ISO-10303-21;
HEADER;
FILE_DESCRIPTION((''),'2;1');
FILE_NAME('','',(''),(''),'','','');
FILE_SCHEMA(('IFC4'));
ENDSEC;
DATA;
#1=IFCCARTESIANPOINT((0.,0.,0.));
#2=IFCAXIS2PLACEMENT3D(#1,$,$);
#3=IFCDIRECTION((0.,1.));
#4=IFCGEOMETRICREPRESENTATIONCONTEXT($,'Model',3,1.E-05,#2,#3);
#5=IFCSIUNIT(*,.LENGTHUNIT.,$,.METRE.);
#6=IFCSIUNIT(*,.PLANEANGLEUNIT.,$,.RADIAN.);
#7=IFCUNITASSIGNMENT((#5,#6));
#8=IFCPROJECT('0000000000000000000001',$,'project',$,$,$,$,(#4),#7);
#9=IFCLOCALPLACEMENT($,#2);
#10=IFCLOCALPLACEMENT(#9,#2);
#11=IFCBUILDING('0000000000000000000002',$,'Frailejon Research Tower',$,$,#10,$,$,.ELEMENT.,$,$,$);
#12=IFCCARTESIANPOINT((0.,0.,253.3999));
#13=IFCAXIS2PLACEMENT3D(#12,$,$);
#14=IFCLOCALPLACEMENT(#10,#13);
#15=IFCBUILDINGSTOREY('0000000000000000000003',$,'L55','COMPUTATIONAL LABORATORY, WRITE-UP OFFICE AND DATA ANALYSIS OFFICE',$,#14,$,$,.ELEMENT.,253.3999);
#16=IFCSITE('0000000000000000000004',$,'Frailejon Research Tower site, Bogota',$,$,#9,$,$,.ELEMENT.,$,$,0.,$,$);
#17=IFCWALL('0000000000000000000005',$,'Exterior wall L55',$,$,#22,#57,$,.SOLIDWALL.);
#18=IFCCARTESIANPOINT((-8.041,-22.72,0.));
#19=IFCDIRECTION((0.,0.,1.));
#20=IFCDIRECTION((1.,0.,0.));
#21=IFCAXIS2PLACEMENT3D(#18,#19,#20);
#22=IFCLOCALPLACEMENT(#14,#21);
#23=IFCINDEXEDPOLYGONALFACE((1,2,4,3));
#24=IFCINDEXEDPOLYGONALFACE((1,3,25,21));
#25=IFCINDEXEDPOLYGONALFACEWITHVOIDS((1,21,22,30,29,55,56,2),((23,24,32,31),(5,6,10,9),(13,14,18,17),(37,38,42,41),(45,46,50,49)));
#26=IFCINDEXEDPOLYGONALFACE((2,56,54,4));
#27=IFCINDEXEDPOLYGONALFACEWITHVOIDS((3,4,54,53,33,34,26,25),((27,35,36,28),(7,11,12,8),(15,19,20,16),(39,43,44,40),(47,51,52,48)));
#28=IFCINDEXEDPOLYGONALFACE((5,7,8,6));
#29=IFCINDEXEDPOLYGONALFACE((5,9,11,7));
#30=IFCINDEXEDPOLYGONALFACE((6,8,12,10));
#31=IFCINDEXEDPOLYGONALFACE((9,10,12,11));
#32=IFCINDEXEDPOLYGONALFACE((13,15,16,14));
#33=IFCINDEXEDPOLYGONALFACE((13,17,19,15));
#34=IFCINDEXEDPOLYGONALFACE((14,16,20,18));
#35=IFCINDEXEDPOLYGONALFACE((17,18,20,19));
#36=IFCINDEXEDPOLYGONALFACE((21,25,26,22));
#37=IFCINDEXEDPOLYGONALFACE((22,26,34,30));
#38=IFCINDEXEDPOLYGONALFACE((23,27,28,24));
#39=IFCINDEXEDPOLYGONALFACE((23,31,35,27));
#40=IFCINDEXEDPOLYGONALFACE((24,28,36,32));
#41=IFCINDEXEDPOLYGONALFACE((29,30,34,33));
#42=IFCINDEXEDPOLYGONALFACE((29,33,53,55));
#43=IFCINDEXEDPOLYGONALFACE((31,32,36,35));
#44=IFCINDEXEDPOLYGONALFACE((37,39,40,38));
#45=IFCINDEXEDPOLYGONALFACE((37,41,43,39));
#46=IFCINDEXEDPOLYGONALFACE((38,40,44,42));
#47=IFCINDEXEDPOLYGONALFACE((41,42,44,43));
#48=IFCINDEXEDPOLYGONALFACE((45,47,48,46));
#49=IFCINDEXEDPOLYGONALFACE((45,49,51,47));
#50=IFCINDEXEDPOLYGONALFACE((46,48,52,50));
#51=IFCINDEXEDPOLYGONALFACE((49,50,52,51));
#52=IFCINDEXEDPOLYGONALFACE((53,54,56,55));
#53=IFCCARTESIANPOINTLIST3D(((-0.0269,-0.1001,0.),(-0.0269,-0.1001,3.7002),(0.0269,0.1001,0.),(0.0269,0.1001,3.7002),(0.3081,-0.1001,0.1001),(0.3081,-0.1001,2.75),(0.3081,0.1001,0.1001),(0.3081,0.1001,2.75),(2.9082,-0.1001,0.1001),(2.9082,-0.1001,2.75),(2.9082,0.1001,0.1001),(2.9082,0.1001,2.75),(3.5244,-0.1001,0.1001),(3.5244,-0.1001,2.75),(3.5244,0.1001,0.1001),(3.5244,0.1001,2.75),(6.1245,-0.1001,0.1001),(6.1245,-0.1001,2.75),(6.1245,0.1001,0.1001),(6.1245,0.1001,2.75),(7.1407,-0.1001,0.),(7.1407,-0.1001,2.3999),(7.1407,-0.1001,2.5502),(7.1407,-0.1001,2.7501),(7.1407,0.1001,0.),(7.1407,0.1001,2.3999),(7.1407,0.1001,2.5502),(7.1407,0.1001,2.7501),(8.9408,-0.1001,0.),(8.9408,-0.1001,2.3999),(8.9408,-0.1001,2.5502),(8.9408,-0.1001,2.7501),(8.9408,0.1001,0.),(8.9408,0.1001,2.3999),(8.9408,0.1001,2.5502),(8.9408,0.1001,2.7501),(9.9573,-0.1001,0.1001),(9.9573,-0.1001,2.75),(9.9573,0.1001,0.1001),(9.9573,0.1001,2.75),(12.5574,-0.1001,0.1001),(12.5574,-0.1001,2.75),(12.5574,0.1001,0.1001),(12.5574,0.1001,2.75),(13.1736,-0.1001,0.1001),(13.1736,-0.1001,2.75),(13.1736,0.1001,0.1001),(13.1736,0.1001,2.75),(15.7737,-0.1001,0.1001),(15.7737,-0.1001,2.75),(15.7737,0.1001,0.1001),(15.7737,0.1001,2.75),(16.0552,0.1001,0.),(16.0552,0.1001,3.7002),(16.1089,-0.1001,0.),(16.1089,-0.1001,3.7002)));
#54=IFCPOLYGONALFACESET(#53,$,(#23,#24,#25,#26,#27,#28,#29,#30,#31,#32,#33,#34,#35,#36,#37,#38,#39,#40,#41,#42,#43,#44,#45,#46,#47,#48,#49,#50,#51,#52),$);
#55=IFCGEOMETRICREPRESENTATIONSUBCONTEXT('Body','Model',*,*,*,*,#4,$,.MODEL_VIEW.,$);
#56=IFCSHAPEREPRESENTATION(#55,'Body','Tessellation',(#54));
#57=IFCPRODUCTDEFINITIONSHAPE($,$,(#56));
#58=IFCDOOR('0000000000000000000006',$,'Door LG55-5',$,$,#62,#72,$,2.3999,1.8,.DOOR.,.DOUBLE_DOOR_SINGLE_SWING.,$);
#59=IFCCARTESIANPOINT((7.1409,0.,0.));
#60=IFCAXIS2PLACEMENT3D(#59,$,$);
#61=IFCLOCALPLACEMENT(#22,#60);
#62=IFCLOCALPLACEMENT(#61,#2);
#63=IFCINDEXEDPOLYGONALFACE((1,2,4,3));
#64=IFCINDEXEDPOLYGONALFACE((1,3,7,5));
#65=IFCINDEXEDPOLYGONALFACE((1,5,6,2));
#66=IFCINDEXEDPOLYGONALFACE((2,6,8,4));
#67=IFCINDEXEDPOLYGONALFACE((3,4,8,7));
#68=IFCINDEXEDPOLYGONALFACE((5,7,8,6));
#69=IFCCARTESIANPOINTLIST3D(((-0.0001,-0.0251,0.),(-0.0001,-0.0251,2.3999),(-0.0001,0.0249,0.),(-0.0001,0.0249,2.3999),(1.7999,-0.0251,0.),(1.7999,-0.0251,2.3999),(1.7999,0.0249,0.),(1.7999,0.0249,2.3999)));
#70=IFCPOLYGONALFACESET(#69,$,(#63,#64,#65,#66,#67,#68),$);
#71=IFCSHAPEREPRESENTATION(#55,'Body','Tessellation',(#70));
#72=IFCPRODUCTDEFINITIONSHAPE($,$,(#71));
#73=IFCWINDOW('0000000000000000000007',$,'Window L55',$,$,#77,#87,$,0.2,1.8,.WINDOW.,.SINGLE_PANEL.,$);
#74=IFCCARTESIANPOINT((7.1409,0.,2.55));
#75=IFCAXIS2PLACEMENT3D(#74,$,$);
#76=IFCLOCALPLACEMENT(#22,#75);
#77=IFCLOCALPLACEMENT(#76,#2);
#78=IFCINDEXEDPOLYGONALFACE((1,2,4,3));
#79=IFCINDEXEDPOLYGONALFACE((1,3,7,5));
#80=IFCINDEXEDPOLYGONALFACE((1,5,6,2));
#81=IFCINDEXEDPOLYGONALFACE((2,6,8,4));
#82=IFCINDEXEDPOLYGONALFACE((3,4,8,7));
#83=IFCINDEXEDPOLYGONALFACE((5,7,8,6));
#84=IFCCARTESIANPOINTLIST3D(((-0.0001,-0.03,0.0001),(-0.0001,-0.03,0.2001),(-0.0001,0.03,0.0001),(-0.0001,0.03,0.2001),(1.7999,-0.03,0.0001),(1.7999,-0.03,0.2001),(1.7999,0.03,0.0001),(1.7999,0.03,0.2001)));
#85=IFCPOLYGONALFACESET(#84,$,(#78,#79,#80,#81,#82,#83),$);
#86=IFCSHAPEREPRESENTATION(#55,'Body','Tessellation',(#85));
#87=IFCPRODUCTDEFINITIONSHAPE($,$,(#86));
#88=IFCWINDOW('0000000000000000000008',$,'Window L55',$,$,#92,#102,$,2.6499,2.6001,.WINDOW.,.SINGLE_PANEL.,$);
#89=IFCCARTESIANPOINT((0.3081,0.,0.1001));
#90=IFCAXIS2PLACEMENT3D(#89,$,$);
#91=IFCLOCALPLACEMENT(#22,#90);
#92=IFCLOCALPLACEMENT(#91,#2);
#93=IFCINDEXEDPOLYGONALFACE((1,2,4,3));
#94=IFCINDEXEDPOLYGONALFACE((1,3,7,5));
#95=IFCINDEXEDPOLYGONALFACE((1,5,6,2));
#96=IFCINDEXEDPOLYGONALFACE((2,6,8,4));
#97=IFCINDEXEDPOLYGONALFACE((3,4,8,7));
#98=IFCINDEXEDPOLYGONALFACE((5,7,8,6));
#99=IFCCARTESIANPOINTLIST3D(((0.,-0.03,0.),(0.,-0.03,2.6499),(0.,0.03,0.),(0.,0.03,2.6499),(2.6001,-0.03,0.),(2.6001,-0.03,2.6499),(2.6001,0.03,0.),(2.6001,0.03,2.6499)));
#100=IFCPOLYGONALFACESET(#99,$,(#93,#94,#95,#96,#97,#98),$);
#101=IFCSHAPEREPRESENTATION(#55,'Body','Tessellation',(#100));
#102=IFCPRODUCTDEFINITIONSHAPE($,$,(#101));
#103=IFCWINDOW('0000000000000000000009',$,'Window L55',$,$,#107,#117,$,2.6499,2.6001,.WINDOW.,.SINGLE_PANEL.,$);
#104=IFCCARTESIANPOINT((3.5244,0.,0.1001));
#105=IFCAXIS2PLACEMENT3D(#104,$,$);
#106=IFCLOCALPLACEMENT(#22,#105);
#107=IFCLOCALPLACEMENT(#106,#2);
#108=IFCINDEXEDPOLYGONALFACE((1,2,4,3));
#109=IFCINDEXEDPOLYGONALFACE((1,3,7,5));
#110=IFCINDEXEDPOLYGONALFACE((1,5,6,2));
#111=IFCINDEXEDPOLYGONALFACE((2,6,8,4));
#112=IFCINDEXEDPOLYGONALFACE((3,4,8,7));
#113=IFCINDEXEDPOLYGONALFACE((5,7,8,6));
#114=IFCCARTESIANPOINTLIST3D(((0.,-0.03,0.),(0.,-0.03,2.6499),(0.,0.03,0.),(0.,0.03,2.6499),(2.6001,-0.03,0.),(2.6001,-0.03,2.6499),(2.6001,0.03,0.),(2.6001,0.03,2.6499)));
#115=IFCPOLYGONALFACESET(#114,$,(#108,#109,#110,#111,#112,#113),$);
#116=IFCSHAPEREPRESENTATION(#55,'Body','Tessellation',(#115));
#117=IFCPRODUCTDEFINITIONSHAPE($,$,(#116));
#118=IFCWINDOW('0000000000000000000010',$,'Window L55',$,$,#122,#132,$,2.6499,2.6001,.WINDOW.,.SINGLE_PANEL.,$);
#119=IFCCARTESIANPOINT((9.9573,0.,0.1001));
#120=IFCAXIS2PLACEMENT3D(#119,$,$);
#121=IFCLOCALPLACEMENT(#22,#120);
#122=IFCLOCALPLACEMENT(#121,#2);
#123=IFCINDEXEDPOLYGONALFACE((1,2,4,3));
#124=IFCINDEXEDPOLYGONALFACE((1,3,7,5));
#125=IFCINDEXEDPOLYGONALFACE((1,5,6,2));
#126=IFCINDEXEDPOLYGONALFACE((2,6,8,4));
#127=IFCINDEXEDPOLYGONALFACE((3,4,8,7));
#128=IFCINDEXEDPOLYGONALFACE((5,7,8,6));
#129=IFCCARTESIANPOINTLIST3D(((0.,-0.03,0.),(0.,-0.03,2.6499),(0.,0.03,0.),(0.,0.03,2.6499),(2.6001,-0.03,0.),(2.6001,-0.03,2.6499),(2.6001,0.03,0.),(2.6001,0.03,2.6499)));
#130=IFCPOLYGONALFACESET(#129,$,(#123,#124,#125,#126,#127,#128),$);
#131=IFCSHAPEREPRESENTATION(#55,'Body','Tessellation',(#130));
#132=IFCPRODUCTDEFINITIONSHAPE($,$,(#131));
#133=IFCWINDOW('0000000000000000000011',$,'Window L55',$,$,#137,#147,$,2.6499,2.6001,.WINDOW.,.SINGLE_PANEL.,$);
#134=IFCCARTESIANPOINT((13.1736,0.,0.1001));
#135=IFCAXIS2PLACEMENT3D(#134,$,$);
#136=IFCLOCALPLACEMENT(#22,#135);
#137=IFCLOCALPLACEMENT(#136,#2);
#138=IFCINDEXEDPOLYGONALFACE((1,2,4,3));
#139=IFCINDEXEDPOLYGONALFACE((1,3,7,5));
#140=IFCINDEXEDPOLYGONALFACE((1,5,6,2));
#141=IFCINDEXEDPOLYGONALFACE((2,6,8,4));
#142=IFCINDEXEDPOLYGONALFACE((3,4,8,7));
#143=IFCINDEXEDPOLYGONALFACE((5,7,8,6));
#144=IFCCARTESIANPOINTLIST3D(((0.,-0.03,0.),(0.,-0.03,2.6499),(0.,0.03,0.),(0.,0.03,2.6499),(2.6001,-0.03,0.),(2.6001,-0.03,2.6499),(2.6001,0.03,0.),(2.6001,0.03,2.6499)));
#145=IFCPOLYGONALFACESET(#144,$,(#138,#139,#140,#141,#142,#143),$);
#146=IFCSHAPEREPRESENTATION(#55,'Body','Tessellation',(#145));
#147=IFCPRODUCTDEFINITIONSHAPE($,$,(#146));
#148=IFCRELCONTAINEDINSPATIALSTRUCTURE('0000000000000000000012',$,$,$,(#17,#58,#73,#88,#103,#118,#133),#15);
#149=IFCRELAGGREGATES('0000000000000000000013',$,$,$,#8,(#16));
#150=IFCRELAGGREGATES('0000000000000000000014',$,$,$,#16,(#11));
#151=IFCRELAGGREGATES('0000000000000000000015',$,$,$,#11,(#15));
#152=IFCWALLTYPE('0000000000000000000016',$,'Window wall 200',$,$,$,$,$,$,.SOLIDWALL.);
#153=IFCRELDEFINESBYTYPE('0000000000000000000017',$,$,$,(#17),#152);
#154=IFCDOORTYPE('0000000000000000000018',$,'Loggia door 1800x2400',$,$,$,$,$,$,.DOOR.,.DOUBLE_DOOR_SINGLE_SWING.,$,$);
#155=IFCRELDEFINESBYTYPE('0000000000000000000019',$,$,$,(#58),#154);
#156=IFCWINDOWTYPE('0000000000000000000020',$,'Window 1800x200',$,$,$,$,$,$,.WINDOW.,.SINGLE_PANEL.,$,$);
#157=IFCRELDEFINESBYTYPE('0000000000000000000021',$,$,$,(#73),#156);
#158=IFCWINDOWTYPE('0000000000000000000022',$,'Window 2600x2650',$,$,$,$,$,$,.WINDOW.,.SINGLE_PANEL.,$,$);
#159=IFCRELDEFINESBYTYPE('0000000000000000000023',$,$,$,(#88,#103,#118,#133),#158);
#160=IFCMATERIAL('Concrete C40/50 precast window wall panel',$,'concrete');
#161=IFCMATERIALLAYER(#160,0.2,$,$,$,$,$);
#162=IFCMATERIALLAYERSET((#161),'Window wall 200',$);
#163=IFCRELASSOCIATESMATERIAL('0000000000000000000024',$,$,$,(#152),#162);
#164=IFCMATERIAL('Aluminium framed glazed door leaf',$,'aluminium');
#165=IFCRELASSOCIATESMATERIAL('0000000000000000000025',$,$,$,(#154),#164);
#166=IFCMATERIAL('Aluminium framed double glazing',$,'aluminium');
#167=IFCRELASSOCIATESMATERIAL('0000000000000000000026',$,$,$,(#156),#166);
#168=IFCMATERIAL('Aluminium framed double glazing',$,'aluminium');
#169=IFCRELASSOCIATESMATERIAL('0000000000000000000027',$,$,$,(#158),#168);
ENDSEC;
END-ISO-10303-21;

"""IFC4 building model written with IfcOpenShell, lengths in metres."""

from ifc_helpers import new_model, si_unit, direction, frame, frame_2d, origin, place, context, subcontext, project, spatial, polyline, rectangle, outline, extrude, material, layer, layer_set, type_object, element, fill, save


model = new_model("IFC4")

# Units and contexts
model_context = context("Model", 3, precision=1e-05, world=origin(), true_north=direction((0.0, 1.0)))
body_context = subcontext(model_context, "Body", "Model", "MODEL_VIEW")
ifc_project = project(units=[si_unit("LENGTHUNIT", "METRE"), si_unit("PLANEANGLEUNIT", "RADIAN")], contexts=[model_context])

# Site, building, storey
site_placement = place(None, origin())
site = spatial("IfcSite", under=ifc_project, at=site_placement, Name="Frailejon Research Tower site, Bogota", CompositionType="ELEMENT", RefElevation=0.0)
building_placement = place(site_placement, origin())
building = spatial("IfcBuilding", under=site, at=building_placement, Name="Frailejon Research Tower", CompositionType="ELEMENT")
storey_placement = place(building_placement, frame((0.0, 0.0, 253.3999)))
storey = spatial("IfcBuildingStorey", under=building, at=storey_placement, Name="L55", Description="COMPUTATIONAL LABORATORY, WRITE-UP OFFICE AND DATA ANALYSIS OFFICE", CompositionType="ELEMENT", Elevation=253.3999)

# Wall, openings, door, windows
ifc_material_1 = material(Name="Concrete C40/50 precast window wall panel", Category="concrete")
ifc_layer_1 = layer(ifc_material_1, 0.2)
ifc_layer_set_1 = layer_set([ifc_layer_1], Name="Window wall 200")
wall_type_1 = type_object("IfcWallType", Name="Window wall 200", PredefinedType="SOLIDWALL", material=ifc_layer_set_1)
wall_1_placement = place(storey_placement, frame((-8.041, -22.72, 0.0), z_axis=(0.0, 0.0, 1.0), x_axis=(1.0, 0.0, 0.0)))
wall_1 = element("IfcWall", 1, at=wall_1_placement, inside=storey, type_object=wall_type_1, Name="Exterior wall L55", PredefinedType="SOLIDWALL", context=body_context, shape_type="SweptSolid", body=[
    extrude(outline(polyline([(-0.0269, -0.1001), (0.9817, -0.1001), (1.9902, -0.1001), (2.9985, -0.1001), (4.0071, -0.1001), (5.0156, -0.1001), (6.0239, -0.1001), (7.0325, -0.1001), (8.041, -0.1001), (9.0496, -0.1001), (10.0581, -0.1001), (11.0664, -0.1001), (12.075, -0.1001), (13.0835, -0.1001), (14.0918, -0.1001), (15.1003, -0.1001), (16.1089, -0.1001), (16.0552, 0.1001), (15.0535, 0.1001), (14.0518, 0.1001), (13.0498, 0.1001), (12.0481, 0.1001), (11.0464, 0.1001), (10.0444, 0.1001), (9.0427, 0.1001), (8.041, 0.1001), (7.0393, 0.1001), (6.0376, 0.1001), (5.0356, 0.1001), (4.0339, 0.1001), (3.0322, 0.1001), (2.0303, 0.1001), (1.0286, 0.1001), (0.0269, 0.1001), (-0.0269, -0.1001)])), origin(), (0.0, 0.0, 1.0), 3.7002),
])
opening_1_placement = place(wall_1_placement, frame((0.3081, 0.0, 0.1001)))
opening_1 = element("IfcOpeningElement", 2, at=opening_1_placement, cuts=wall_1, PredefinedType="OPENING", context=body_context, shape_type="SweptSolid", body=[
    extrude(rectangle(XDim=2.6001, YDim=2.6499, at=frame_2d((1.3, 1.325))), frame((0.0, 0.1099, 0.0), z_axis=(0.0, -1.0, 0.0), x_axis=(1.0, 0.0, 0.0)), (0.0, 0.0, 1.0), 0.22),
])
opening_2_placement = place(wall_1_placement, frame((3.5244, 0.0, 0.1001)))
opening_2 = element("IfcOpeningElement", 3, at=opening_2_placement, cuts=wall_1, PredefinedType="OPENING", context=body_context, shape_type="SweptSolid", body=[
    extrude(rectangle(XDim=2.6001, YDim=2.6499, at=frame_2d((1.3, 1.325))), frame((0.0, 0.1099, 0.0), z_axis=(0.0, -1.0, 0.0), x_axis=(1.0, 0.0, 0.0)), (0.0, 0.0, 1.0), 0.22),
])
opening_3_placement = place(wall_1_placement, frame((7.1409, 0.0, 0.0)))
opening_3 = element("IfcOpeningElement", 4, at=opening_3_placement, cuts=wall_1, PredefinedType="OPENING", context=body_context, shape_type="SweptSolid", body=[
    extrude(rectangle(XDim=1.8, YDim=2.3999, at=frame_2d((0.8999, 1.2))), frame((0.0, 0.1099, 0.0), z_axis=(0.0, -1.0, 0.0), x_axis=(1.0, 0.0, 0.0)), (0.0, 0.0, 1.0), 0.22),
])
opening_4_placement = place(wall_1_placement, frame((7.1409, 0.0, 2.55)))
opening_4 = element("IfcOpeningElement", 5, at=opening_4_placement, cuts=wall_1, PredefinedType="OPENING", context=body_context, shape_type="SweptSolid", body=[
    extrude(rectangle(XDim=1.8, YDim=0.2, at=frame_2d((0.8999, 0.1001))), frame((0.0, 0.1099, 0.0), z_axis=(0.0, -1.0, 0.0), x_axis=(1.0, 0.0, 0.0)), (0.0, 0.0, 1.0), 0.22),
])
opening_5_placement = place(wall_1_placement, frame((9.9573, 0.0, 0.1001)))
opening_5 = element("IfcOpeningElement", 6, at=opening_5_placement, cuts=wall_1, PredefinedType="OPENING", context=body_context, shape_type="SweptSolid", body=[
    extrude(rectangle(XDim=2.6001, YDim=2.6499, at=frame_2d((1.3, 1.325))), frame((0.0, 0.1099, 0.0), z_axis=(0.0, -1.0, 0.0), x_axis=(1.0, 0.0, 0.0)), (0.0, 0.0, 1.0), 0.22),
])
opening_6_placement = place(wall_1_placement, frame((13.1736, 0.0, 0.1001)))
opening_6 = element("IfcOpeningElement", 7, at=opening_6_placement, cuts=wall_1, PredefinedType="OPENING", context=body_context, shape_type="SweptSolid", body=[
    extrude(rectangle(XDim=2.6001, YDim=2.6499, at=frame_2d((1.3, 1.325))), frame((0.0, 0.1099, 0.0), z_axis=(0.0, -1.0, 0.0), x_axis=(1.0, 0.0, 0.0)), (0.0, 0.0, 1.0), 0.22),
])
ifc_material_2 = material(Name="Aluminium framed glazed door leaf", Category="aluminium")
door_type = type_object("IfcDoorType", Name="Loggia door 1800x2400", OperationType="DOUBLE_DOOR_SINGLE_SWING", PredefinedType="DOOR", material=ifc_material_2)
door_placement = place(opening_3_placement, origin())
door = element("IfcDoor", 8, at=door_placement, inside=storey, type_object=door_type, Name="Door LG55-5", OperationType="DOUBLE_DOOR_SINGLE_SWING", OverallHeight=2.3999, OverallWidth=1.8, PredefinedType="DOOR", context=body_context, shape_type="SweptSolid", body=[
    extrude(rectangle(XDim=1.8, YDim=2.3999, at=frame_2d((0.8999, 1.2))), frame((0.0, 0.0249, 0.0), z_axis=(0.0, -1.0, 0.0), x_axis=(1.0, 0.0, 0.0)), (0.0, 0.0, 1.0), 0.05),
])
fill(opening_3, door)
ifc_material_3 = material(Name="Aluminium framed double glazing", Category="aluminium")
window_type_1 = type_object("IfcWindowType", Name="Window 1800x200", PartitioningType="SINGLE_PANEL", PredefinedType="WINDOW", material=ifc_material_3)
window_1_placement = place(opening_4_placement, origin())
window_1 = element("IfcWindow", 9, at=window_1_placement, inside=storey, type_object=window_type_1, Name="Window L55", OverallHeight=0.2, OverallWidth=1.8, PartitioningType="SINGLE_PANEL", PredefinedType="WINDOW", context=body_context, shape_type="SweptSolid", body=[
    extrude(rectangle(XDim=1.8, YDim=0.2, at=frame_2d((0.8999, 0.1001))), frame((0.0, 0.03, 0.0), z_axis=(0.0, -1.0, 0.0), x_axis=(1.0, 0.0, 0.0)), (0.0, 0.0, 1.0), 0.0601),
])
fill(opening_4, window_1)
ifc_material_4 = material(Name="Aluminium framed double glazing", Category="aluminium")
window_type_2 = type_object("IfcWindowType", Name="Window 2600x2650", PartitioningType="SINGLE_PANEL", PredefinedType="WINDOW", material=ifc_material_4)
window_2_placement = place(opening_1_placement, origin())
window_2 = element("IfcWindow", 10, at=window_2_placement, inside=storey, type_object=window_type_2, Name="Window L55", OverallHeight=2.6499, OverallWidth=2.6001, PartitioningType="SINGLE_PANEL", PredefinedType="WINDOW", context=body_context, shape_type="SweptSolid", body=[
    extrude(rectangle(XDim=2.6001, YDim=2.6499, at=frame_2d((1.3, 1.325))), frame((0.0, 0.03, 0.0), z_axis=(0.0, -1.0, 0.0), x_axis=(1.0, 0.0, 0.0)), (0.0, 0.0, 1.0), 0.0601),
])
fill(opening_1, window_2)
window_3_placement = place(opening_2_placement, origin())
window_3 = element("IfcWindow", 11, at=window_3_placement, inside=storey, type_object=window_type_2, Name="Window L55", OverallHeight=2.6499, OverallWidth=2.6001, PartitioningType="SINGLE_PANEL", PredefinedType="WINDOW", context=body_context, shape_type="SweptSolid", body=[
    extrude(rectangle(XDim=2.6001, YDim=2.6499, at=frame_2d((1.3, 1.325))), frame((0.0, 0.03, 0.0), z_axis=(0.0, -1.0, 0.0), x_axis=(1.0, 0.0, 0.0)), (0.0, 0.0, 1.0), 0.0601),
])
fill(opening_2, window_3)
window_4_placement = place(opening_5_placement, origin())
window_4 = element("IfcWindow", 12, at=window_4_placement, inside=storey, type_object=window_type_2, Name="Window L55", OverallHeight=2.6499, OverallWidth=2.6001, PartitioningType="SINGLE_PANEL", PredefinedType="WINDOW", context=body_context, shape_type="SweptSolid", body=[
    extrude(rectangle(XDim=2.6001, YDim=2.6499, at=frame_2d((1.3, 1.325))), frame((0.0, 0.03, 0.0), z_axis=(0.0, -1.0, 0.0), x_axis=(1.0, 0.0, 0.0)), (0.0, 0.0, 1.0), 0.0601),
])
fill(opening_5, window_4)
window_5_placement = place(opening_6_placement, origin())
window_5 = element("IfcWindow", 13, at=window_5_placement, inside=storey, type_object=window_type_2, Name="Window L55", OverallHeight=2.6499, OverallWidth=2.6001, PartitioningType="SINGLE_PANEL", PredefinedType="WINDOW", context=body_context, shape_type="SweptSolid", body=[
    extrude(rectangle(XDim=2.6001, YDim=2.6499, at=frame_2d((1.3, 1.325))), frame((0.0, 0.03, 0.0), z_axis=(0.0, -1.0, 0.0), x_axis=(1.0, 0.0, 0.0)), (0.0, 0.0, 1.0), 0.0601),
])
fill(opening_6, window_5)

save(model, "model.ifc")
